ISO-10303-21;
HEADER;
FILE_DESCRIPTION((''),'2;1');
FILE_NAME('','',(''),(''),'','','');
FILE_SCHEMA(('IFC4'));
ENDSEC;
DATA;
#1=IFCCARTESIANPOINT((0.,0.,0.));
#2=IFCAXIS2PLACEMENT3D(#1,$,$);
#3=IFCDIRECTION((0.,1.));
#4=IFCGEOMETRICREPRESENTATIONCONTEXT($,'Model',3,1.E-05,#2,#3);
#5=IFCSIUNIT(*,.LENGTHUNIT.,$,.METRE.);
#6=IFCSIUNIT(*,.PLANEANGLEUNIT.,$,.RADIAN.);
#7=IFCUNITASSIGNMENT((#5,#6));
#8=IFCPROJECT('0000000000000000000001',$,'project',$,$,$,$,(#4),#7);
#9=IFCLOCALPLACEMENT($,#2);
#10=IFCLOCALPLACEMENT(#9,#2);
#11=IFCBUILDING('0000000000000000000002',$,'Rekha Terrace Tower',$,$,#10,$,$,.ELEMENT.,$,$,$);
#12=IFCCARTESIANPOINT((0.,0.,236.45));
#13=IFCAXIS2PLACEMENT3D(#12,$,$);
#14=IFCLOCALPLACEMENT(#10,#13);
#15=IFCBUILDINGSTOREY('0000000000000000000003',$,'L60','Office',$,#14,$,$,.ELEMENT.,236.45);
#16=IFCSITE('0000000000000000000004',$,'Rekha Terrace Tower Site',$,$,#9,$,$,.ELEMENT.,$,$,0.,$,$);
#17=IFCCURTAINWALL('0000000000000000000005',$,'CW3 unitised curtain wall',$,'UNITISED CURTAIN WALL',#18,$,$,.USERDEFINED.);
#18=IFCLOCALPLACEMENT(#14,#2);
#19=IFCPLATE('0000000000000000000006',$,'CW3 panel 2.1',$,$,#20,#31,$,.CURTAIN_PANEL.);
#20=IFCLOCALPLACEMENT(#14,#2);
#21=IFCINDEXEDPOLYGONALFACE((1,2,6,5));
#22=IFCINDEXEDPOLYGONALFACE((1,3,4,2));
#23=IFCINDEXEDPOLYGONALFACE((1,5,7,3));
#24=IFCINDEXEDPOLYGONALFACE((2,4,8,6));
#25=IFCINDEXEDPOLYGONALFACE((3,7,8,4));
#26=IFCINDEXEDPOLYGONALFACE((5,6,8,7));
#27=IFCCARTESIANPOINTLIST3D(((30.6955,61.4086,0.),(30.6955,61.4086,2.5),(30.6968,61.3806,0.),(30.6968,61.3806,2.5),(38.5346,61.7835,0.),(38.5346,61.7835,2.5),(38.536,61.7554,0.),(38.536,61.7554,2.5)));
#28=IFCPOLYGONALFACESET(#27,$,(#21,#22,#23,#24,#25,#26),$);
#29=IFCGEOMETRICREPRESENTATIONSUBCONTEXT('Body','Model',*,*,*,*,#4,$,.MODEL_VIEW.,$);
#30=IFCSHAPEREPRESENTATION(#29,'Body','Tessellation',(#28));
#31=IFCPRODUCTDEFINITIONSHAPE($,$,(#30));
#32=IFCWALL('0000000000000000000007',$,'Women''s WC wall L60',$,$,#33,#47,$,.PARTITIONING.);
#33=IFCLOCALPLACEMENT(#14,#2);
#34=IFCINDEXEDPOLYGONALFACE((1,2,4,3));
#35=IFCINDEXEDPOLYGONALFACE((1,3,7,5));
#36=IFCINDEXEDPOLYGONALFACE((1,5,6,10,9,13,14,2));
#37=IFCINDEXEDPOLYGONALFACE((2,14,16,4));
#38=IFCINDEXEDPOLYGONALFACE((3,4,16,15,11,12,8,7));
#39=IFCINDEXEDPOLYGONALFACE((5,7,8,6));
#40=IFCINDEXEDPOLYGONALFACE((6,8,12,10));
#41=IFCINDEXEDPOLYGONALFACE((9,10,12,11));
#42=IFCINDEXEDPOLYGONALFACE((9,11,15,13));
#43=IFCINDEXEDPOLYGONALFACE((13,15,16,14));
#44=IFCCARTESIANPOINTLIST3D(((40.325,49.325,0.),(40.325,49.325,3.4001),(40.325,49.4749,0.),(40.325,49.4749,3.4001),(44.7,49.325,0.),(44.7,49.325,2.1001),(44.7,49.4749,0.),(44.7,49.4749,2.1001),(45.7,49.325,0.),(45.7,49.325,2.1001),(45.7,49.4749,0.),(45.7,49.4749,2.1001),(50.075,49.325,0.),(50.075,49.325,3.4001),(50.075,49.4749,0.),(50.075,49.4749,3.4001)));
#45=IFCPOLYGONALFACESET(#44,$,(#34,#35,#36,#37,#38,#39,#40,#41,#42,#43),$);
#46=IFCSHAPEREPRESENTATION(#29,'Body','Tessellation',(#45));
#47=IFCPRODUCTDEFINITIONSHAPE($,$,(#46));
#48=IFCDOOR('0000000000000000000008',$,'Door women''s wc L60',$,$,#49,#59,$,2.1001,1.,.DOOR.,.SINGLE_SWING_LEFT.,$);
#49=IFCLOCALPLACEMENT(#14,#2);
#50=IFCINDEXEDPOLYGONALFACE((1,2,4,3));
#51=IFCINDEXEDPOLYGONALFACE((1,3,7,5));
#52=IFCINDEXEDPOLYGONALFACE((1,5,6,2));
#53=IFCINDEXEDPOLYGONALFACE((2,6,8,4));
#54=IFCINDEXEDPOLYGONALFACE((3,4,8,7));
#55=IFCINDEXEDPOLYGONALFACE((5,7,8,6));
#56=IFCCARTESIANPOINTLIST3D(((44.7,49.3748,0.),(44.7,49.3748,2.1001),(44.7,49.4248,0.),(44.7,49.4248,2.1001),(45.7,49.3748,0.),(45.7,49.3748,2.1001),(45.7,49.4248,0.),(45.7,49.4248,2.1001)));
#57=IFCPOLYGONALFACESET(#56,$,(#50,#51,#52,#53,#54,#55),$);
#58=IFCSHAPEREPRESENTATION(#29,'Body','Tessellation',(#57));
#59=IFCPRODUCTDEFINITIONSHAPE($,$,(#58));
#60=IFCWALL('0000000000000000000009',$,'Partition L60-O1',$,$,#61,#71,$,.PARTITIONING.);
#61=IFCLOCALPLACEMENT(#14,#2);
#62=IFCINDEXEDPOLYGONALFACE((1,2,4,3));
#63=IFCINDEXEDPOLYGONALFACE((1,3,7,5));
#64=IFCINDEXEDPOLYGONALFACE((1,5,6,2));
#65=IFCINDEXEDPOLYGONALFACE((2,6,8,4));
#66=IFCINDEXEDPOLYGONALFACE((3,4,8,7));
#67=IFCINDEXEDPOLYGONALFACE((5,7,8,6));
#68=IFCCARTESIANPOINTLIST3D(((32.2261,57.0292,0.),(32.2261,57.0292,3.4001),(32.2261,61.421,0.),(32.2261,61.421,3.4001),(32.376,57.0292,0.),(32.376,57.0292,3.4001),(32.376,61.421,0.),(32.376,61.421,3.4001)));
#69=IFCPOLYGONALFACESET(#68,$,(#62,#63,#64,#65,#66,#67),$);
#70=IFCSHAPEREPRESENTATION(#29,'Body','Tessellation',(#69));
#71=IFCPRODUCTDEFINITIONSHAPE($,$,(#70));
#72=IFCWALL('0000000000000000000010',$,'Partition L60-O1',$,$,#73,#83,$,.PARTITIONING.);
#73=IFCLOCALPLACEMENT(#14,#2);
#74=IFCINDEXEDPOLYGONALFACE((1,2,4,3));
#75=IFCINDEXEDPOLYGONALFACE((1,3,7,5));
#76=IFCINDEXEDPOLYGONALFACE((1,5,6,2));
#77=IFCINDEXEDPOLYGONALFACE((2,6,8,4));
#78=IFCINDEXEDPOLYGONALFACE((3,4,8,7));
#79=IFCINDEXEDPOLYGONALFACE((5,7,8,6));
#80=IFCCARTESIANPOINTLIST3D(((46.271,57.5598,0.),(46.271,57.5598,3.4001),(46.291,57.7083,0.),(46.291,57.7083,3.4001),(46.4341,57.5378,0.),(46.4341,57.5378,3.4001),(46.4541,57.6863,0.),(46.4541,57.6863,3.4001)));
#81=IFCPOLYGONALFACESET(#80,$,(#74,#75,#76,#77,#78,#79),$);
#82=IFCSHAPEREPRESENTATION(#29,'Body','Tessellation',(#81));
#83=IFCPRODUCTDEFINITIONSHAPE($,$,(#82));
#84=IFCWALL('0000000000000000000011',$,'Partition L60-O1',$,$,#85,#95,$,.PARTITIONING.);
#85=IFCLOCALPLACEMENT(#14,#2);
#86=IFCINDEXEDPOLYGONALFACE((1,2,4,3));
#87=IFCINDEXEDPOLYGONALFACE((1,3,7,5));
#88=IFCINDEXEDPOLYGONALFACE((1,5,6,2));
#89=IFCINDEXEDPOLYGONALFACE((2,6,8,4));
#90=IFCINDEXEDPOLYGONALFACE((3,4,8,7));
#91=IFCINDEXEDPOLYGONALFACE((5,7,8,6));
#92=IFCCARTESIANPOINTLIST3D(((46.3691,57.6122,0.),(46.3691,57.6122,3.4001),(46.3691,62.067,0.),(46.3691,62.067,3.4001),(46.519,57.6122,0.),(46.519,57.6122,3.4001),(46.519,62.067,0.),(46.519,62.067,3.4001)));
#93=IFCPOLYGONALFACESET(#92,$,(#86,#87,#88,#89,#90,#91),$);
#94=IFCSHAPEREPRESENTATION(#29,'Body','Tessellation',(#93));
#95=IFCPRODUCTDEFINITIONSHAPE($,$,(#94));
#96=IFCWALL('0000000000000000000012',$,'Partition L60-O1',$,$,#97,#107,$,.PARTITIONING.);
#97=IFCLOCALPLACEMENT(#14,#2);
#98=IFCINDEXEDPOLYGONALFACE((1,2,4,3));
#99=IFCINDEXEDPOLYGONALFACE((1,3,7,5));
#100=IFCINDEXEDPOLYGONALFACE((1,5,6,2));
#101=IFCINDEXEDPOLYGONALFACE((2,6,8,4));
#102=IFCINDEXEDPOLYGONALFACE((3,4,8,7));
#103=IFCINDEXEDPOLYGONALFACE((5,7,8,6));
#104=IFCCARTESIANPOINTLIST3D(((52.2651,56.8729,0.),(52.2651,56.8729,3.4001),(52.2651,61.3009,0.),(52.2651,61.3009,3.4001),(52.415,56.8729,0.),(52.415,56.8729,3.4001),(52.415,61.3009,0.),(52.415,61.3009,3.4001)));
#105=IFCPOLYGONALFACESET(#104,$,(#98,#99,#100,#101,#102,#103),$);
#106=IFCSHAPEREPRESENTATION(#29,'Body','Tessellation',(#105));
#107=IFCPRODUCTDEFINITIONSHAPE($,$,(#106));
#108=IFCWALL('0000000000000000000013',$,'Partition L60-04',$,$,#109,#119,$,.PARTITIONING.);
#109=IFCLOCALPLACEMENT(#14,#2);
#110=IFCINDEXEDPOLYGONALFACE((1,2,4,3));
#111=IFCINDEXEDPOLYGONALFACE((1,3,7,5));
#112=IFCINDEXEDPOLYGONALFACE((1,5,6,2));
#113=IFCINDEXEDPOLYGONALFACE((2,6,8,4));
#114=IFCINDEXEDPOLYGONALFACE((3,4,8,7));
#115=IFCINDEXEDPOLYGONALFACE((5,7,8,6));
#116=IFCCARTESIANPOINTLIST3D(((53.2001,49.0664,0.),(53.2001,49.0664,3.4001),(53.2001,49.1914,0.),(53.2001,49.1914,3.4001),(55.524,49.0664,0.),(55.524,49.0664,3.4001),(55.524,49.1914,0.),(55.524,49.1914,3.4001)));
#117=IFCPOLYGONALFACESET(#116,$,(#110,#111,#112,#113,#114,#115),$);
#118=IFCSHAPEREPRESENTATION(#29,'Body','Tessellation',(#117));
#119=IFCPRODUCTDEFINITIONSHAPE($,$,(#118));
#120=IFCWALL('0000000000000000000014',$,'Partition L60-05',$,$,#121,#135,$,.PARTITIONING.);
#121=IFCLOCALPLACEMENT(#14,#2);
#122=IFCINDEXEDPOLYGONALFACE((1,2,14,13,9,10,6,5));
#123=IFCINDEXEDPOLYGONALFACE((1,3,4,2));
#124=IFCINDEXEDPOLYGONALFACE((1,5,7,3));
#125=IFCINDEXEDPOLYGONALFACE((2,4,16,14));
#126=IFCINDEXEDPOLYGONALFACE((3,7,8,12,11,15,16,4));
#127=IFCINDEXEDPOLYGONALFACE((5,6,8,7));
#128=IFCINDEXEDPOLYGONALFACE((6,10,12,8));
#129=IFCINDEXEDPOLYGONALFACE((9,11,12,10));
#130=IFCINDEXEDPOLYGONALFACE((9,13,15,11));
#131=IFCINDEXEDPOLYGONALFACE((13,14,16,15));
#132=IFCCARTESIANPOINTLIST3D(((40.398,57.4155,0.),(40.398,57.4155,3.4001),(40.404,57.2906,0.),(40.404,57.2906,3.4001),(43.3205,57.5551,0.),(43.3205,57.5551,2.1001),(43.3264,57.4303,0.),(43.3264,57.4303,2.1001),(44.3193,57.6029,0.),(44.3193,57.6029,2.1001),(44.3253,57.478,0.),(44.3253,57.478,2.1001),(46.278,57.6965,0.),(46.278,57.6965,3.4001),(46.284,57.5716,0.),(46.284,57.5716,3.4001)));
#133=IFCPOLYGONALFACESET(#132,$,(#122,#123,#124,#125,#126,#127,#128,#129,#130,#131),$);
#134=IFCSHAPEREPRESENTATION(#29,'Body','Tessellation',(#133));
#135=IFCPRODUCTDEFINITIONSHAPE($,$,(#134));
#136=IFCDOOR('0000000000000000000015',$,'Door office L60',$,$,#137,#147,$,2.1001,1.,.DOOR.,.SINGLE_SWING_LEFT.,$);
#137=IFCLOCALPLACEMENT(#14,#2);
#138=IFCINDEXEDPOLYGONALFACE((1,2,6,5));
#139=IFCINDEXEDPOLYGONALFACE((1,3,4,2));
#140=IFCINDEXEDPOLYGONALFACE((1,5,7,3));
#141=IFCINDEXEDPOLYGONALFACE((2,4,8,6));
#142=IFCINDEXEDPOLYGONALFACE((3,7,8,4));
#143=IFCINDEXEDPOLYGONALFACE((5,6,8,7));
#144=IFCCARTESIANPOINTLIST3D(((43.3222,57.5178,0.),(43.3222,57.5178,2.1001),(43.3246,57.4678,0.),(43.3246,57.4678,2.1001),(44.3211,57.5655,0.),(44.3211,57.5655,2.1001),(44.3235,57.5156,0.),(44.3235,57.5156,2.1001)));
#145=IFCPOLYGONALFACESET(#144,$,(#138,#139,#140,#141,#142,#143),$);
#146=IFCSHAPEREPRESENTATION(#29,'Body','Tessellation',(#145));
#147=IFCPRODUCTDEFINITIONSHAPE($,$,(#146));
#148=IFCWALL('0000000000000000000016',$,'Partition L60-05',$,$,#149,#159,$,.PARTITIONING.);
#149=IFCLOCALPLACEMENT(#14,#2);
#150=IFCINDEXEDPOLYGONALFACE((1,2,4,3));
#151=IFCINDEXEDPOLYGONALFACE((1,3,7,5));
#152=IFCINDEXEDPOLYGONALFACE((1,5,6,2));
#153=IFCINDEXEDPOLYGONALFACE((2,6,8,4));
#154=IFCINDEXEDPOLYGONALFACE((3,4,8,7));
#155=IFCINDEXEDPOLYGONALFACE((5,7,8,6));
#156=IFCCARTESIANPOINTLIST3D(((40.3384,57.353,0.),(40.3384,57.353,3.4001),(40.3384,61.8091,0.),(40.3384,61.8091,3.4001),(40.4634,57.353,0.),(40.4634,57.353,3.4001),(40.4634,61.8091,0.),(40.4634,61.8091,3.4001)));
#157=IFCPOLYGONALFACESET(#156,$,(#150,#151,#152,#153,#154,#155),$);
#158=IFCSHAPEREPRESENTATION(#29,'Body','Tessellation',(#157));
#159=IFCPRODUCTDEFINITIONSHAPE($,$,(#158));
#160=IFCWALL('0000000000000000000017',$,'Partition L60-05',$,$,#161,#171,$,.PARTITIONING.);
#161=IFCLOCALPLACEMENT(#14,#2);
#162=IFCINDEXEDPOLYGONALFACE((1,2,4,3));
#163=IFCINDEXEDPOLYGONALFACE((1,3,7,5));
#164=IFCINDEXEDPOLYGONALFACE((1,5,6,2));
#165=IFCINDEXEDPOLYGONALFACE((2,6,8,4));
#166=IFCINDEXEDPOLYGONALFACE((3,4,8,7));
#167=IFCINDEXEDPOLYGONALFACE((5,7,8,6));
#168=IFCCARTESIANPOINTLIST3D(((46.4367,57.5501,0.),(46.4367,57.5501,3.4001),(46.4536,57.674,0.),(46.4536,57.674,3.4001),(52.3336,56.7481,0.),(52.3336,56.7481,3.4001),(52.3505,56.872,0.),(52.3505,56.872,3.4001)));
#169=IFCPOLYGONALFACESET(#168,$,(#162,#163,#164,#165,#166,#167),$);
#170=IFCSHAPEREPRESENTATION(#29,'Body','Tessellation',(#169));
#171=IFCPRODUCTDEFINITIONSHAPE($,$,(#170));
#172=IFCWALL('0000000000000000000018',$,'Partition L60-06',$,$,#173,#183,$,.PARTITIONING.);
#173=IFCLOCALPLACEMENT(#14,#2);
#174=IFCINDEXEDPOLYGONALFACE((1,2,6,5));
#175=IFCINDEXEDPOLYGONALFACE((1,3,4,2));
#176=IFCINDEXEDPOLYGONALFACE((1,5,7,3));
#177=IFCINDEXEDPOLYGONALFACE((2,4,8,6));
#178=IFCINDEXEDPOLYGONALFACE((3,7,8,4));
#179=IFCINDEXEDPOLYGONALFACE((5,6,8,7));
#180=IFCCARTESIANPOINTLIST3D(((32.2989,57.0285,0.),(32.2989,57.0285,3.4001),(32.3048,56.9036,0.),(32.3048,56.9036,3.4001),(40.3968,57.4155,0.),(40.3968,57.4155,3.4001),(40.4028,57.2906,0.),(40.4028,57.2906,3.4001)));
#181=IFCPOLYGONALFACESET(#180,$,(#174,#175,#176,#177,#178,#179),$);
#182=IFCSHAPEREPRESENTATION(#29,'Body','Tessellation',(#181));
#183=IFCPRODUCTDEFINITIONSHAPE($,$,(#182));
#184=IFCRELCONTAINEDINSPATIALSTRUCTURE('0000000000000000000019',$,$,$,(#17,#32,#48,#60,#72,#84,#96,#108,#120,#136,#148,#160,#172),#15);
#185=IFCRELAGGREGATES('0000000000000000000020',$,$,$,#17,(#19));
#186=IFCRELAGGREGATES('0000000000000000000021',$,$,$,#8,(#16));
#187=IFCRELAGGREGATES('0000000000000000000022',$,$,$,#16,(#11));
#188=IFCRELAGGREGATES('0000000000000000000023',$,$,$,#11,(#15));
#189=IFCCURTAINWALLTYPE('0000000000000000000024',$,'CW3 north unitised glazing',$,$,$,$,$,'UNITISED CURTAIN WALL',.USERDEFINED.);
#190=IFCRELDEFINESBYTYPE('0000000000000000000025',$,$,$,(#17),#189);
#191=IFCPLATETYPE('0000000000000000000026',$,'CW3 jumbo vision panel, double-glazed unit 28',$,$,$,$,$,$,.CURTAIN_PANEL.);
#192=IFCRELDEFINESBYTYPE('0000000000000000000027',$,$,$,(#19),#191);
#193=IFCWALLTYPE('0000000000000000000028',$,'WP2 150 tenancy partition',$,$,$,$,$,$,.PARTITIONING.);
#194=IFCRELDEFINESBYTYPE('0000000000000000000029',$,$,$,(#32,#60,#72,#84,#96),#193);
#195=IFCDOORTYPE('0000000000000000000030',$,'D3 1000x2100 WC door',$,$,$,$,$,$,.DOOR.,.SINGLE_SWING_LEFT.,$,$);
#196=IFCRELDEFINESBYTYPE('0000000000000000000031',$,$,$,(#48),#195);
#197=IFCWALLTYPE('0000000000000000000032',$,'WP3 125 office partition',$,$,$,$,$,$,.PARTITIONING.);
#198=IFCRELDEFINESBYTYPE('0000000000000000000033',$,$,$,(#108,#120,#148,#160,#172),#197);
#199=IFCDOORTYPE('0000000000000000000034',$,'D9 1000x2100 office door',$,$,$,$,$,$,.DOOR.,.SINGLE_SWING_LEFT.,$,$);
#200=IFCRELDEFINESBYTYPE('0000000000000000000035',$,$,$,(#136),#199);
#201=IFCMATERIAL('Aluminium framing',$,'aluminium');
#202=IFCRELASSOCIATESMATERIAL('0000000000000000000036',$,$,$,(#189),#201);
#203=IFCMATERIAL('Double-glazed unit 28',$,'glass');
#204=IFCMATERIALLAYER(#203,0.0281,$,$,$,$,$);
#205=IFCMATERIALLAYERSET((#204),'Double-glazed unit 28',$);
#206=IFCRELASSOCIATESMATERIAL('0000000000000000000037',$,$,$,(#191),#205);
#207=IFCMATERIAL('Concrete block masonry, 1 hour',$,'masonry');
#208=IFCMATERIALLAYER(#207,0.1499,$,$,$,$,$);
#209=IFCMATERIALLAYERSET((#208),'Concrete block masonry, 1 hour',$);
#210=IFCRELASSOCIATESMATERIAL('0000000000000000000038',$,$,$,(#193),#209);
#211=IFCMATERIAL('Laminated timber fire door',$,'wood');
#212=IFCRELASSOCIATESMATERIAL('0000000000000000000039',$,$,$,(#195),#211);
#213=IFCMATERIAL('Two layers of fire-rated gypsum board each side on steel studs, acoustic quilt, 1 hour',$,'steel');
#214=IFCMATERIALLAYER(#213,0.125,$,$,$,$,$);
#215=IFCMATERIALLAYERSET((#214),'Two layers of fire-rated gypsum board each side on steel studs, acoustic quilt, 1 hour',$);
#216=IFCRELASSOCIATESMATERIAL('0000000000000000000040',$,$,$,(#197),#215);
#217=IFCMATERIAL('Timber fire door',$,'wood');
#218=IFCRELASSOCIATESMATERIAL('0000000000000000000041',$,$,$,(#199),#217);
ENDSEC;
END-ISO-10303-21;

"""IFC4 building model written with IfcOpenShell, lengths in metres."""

from ifc_helpers import new_model, si_unit, direction, frame, frame_2d, origin, origin_2d, place, context, subcontext, project, spatial, rectangle, extrude, material, layer, layer_set, type_object, element, fill, aggregate, save


model = new_model("IFC4")

# Units and contexts
model_context = context("Model", 3, precision=1e-05, world=origin(), true_north=direction((0.0, 1.0)))
body_context = subcontext(model_context, "Body", "Model", "MODEL_VIEW")
ifc_project = project(units=[si_unit("LENGTHUNIT", "METRE"), si_unit("PLANEANGLEUNIT", "RADIAN")], contexts=[model_context])

# Site, building, storey
site_placement = place(None, origin())
site = spatial("IfcSite", under=ifc_project, at=site_placement, Name="Rekha Terrace Tower Site", CompositionType="ELEMENT", RefElevation=0.0)
building_placement = place(site_placement, origin())
building = spatial("IfcBuilding", under=site, at=building_placement, Name="Rekha Terrace Tower", CompositionType="ELEMENT")
storey_placement = place(building_placement, frame((0.0, 0.0, 236.45)))
storey = spatial("IfcBuildingStorey", under=building, at=storey_placement, Name="L60", Description="Office", CompositionType="ELEMENT", Elevation=236.45)

# Curtain wall
ifc_material_1 = material(Name="Aluminium framing", Category="aluminium")
curtain_wall_type = type_object("IfcCurtainWallType", Name="CW3 north unitised glazing", ElementType="UNITISED CURTAIN WALL", PredefinedType="USERDEFINED", material=ifc_material_1)
curtain_wall_1_placement = place(storey_placement, origin())
curtain_wall_1 = element("IfcCurtainWall", 1, at=curtain_wall_1_placement, inside=storey, type_object=curtain_wall_type, Name="CW3 unitised curtain wall", ObjectType="UNITISED CURTAIN WALL", PredefinedType="USERDEFINED")

# Shared definitions
ifc_material_2 = material(Name="Double-glazed unit 28", Category="glass")
ifc_layer_1 = layer(ifc_material_2, 0.0281)
ifc_layer_set_1 = layer_set([ifc_layer_1], Name="Double-glazed unit 28")
plate_type = type_object("IfcPlateType", Name="CW3 jumbo vision panel, double-glazed unit 28", PredefinedType="CURTAIN_PANEL", material=ifc_layer_set_1)

# Plate
plate_1_placement = place(storey_placement, frame((34.6157, 61.582, 0.0), z_axis=(0.0, 0.0, 1.0), x_axis=(-0.998859, -0.047759, 0.0)))
plate_1 = element("IfcPlate", 2, at=plate_1_placement, type_object=plate_type, Name="CW3 panel 2.1", PredefinedType="CURTAIN_PANEL", context=body_context, shape_type="SweptSolid", body=[
    extrude(rectangle(XDim=7.8481, YDim=0.0281, at=origin_2d()), origin(), (0.0, 0.0, 1.0), 2.5),
])
aggregate(curtain_wall_1, [plate_1])

# Wall, opening, door
ifc_material_3 = material(Name="Concrete block masonry, 1 hour", Category="masonry")
ifc_layer_2 = layer(ifc_material_3, 0.1499)
ifc_layer_set_2 = layer_set([ifc_layer_2], Name="Concrete block masonry, 1 hour")
wall_type_1 = type_object("IfcWallType", Name="WP2 150 tenancy partition", PredefinedType="PARTITIONING", material=ifc_layer_set_2)
wall_1_placement = place(storey_placement, frame((40.325, 49.3999, 0.0), z_axis=(0.0, 0.0, 1.0), x_axis=(1.0, 0.0, 0.0)))
wall_1 = element("IfcWall", 3, at=wall_1_placement, inside=storey, type_object=wall_type_1, Name="Women's WC wall L60", PredefinedType="PARTITIONING", context=body_context, shape_type="SweptSolid", body=[
    extrude(rectangle(XDim=9.75, YDim=0.1499, at=frame_2d((4.875, 0.0))), origin(), (0.0, 0.0, 1.0), 3.4001),
])
opening_1_placement = place(wall_1_placement, frame((4.375, 0.0, 0.0)))
opening_1 = element("IfcOpeningElement", 4, at=opening_1_placement, cuts=wall_1, PredefinedType="OPENING", context=body_context, shape_type="SweptSolid", body=[
    extrude(rectangle(XDim=1.0, YDim=2.1001, at=frame_2d((0.5, 1.05))), frame((0.0, 0.085, 0.0), z_axis=(0.0, -1.0, 0.0), x_axis=(1.0, 0.0, 0.0)), (0.0, 0.0, 1.0), 0.1699),
])
ifc_material_4 = material(Name="Laminated timber fire door", Category="wood")
door_type_1 = type_object("IfcDoorType", Name="D3 1000x2100 WC door", OperationType="SINGLE_SWING_LEFT", PredefinedType="DOOR", material=ifc_material_4)
door_1_placement = place(opening_1_placement, origin())
door_1 = element("IfcDoor", 5, at=door_1_placement, inside=storey, type_object=door_type_1, Name="Door women's wc L60", OperationType="SINGLE_SWING_LEFT", OverallHeight=2.1001, OverallWidth=1.0, PredefinedType="DOOR", context=body_context, shape_type="SweptSolid", body=[
    extrude(rectangle(XDim=1.0, YDim=2.1001, at=frame_2d((0.5, 1.05))), frame((0.0, 0.0249, 0.0), z_axis=(0.0, -1.0, 0.0), x_axis=(1.0, 0.0, 0.0)), (0.0, 0.0, 1.0), 0.05),
])
fill(opening_1, door_1)

# Walls
wall_2_placement = place(storey_placement, frame((32.301, 61.4209, 0.0), z_axis=(0.0, 0.0, 1.0), x_axis=(0.0, -1.0, 0.0)))
element("IfcWall", 6, at=wall_2_placement, inside=storey, type_object=wall_type_1, Name="Partition L60-O1", PredefinedType="PARTITIONING", context=body_context, shape_type="SweptSolid", body=[
    extrude(rectangle(XDim=4.3918, YDim=0.1499, at=frame_2d((2.1958, 0.0))), origin(), (0.0, 0.0, 1.0), 3.4001),
])
wall_3_placement = place(storey_placement, frame((46.281, 57.634, 0.0), z_axis=(0.0, 0.0, 1.0), x_axis=(0.991046, -0.133524, 0.0)))
element("IfcWall", 7, at=wall_3_placement, inside=storey, type_object=wall_type_1, Name="Partition L60-O1", PredefinedType="PARTITIONING", context=body_context, shape_type="SweptSolid", body=[
    extrude(rectangle(XDim=0.1646, YDim=0.1499, at=frame_2d((0.0823, 0.0))), origin(), (0.0, 0.0, 1.0), 3.4001),
])
wall_4_placement = place(storey_placement, frame((46.4441, 57.6121, 0.0), z_axis=(0.0, 0.0, 1.0), x_axis=(0.0, 1.0, 0.0)))
element("IfcWall", 8, at=wall_4_placement, inside=storey, type_object=wall_type_1, Name="Partition L60-O1", PredefinedType="PARTITIONING", context=body_context, shape_type="SweptSolid", body=[
    extrude(rectangle(XDim=4.4548, YDim=0.1499, at=frame_2d((2.2275, 0.0))), origin(), (0.0, 0.0, 1.0), 3.4001),
])
wall_5_placement = place(storey_placement, frame((52.3401, 56.873, 0.0), z_axis=(0.0, 0.0, 1.0), x_axis=(0.0, 1.0, 0.0)))
element("IfcWall", 9, at=wall_5_placement, inside=storey, type_object=wall_type_1, Name="Partition L60-O1", PredefinedType="PARTITIONING", context=body_context, shape_type="SweptSolid", body=[
    extrude(rectangle(XDim=4.428, YDim=0.1499, at=frame_2d((2.2139, 0.0))), origin(), (0.0, 0.0, 1.0), 3.4001),
])
ifc_material_5 = material(Name="Two layers of fire-rated gypsum board each side on steel studs, acoustic quilt, 1 hour", Category="steel")
ifc_layer_3 = layer(ifc_material_5, 0.125)
ifc_layer_set_3 = layer_set([ifc_layer_3], Name="Two layers of fire-rated gypsum board each side on steel studs, acoustic quilt, 1 hour")
wall_type_2 = type_object("IfcWallType", Name="WP3 125 office partition", PredefinedType="PARTITIONING", material=ifc_layer_set_3)
wall_6_placement = place(storey_placement, frame((53.2, 49.1289, 0.0), z_axis=(0.0, 0.0, 1.0), x_axis=(1.0, 0.0, 0.0)))
element("IfcWall", 10, at=wall_6_placement, inside=storey, type_object=wall_type_2, Name="Partition L60-04", PredefinedType="PARTITIONING", context=body_context, shape_type="SweptSolid", body=[
    extrude(rectangle(XDim=2.324, YDim=0.125, at=frame_2d((1.1621, 0.0))), origin(), (0.0, 0.0, 1.0), 3.4001),
])

# Wall, opening, door
wall_7_placement = place(storey_placement, frame((46.281, 57.634, 0.0), z_axis=(0.0, 0.0, 1.0), x_axis=(-0.99886, -0.047735, 0.0)))
wall_7 = element("IfcWall", 11, at=wall_7_placement, inside=storey, type_object=wall_type_2, Name="Partition L60-05", PredefinedType="PARTITIONING", context=body_context, shape_type="SweptSolid", body=[
    extrude(rectangle(XDim=5.8867, YDim=0.125, at=frame_2d((2.9434, 0.0))), origin(), (0.0, 0.0, 1.0), 3.4001),
])
opening_2_placement = place(wall_7_placement, frame((1.9609, 0.0, 0.0)))
opening_2 = element("IfcOpeningElement", 12, at=opening_2_placement, cuts=wall_7, PredefinedType="OPENING", context=body_context, shape_type="SweptSolid", body=[
    extrude(rectangle(XDim=1.0, YDim=2.1001, at=frame_2d((0.5, 1.05))), frame((0.0, 0.0725, 0.0), z_axis=(0.0, -1.0, 0.0), x_axis=(1.0, 0.0, 0.0)), (0.0, 0.0, 1.0), 0.145),
])
ifc_material_6 = material(Name="Timber fire door", Category="wood")
door_type_2 = type_object("IfcDoorType", Name="D9 1000x2100 office door", OperationType="SINGLE_SWING_LEFT", PredefinedType="DOOR", material=ifc_material_6)
door_2_placement = place(opening_2_placement, origin())
door_2 = element("IfcDoor", 13, at=door_2_placement, inside=storey, type_object=door_type_2, Name="Door office L60", OperationType="SINGLE_SWING_LEFT", OverallHeight=2.1001, OverallWidth=1.0, PredefinedType="DOOR", context=body_context, shape_type="SweptSolid", body=[
    extrude(rectangle(XDim=1.0, YDim=2.1001, at=frame_2d((0.5, 1.05))), frame((0.0, 0.0249, 0.0), z_axis=(0.0, -1.0, 0.0), x_axis=(1.0, 0.0, 0.0)), (0.0, 0.0, 1.0), 0.05),
])
fill(opening_2, door_2)

# Walls
wall_8_placement = place(storey_placement, frame((40.4009, 57.353, 0.0), z_axis=(0.0, 0.0, 1.0), x_axis=(0.0, 1.0, 0.0)))
element("IfcWall", 14, at=wall_8_placement, inside=storey, type_object=wall_type_2, Name="Partition L60-05", PredefinedType="PARTITIONING", context=body_context, shape_type="SweptSolid", body=[
    extrude(rectangle(XDim=4.4561, YDim=0.125, at=frame_2d((2.228, 0.0))), origin(), (0.0, 0.0, 1.0), 3.4001),
])
wall_9_placement = place(storey_placement, frame((52.342, 56.8101, 0.0), z_axis=(0.0, 0.0, 1.0), x_axis=(-0.990878, 0.134762, 0.0)))
element("IfcWall", 15, at=wall_9_placement, inside=storey, type_object=wall_type_2, Name="Partition L60-05", PredefinedType="PARTITIONING", context=body_context, shape_type="SweptSolid", body=[
    extrude(rectangle(XDim=5.9512, YDim=0.125, at=frame_2d((2.9756, 0.0))), origin(), (0.0, 0.0, 1.0), 3.4001),
])
wall_10_placement = place(storey_placement, frame((40.3999, 57.353, 0.0), z_axis=(0.0, 0.0, 1.0), x_axis=(-0.99886, -0.047731, 0.0)))
element("IfcWall", 16, at=wall_10_placement, inside=storey, type_object=wall_type_2, Name="Partition L60-06", PredefinedType="PARTITIONING", context=body_context, shape_type="SweptSolid", body=[
    extrude(rectangle(XDim=8.1072, YDim=0.125, at=frame_2d((4.0537, 0.0))), origin(), (0.0, 0.0, 1.0), 3.4001),
])

save(model, "model.ifc")
